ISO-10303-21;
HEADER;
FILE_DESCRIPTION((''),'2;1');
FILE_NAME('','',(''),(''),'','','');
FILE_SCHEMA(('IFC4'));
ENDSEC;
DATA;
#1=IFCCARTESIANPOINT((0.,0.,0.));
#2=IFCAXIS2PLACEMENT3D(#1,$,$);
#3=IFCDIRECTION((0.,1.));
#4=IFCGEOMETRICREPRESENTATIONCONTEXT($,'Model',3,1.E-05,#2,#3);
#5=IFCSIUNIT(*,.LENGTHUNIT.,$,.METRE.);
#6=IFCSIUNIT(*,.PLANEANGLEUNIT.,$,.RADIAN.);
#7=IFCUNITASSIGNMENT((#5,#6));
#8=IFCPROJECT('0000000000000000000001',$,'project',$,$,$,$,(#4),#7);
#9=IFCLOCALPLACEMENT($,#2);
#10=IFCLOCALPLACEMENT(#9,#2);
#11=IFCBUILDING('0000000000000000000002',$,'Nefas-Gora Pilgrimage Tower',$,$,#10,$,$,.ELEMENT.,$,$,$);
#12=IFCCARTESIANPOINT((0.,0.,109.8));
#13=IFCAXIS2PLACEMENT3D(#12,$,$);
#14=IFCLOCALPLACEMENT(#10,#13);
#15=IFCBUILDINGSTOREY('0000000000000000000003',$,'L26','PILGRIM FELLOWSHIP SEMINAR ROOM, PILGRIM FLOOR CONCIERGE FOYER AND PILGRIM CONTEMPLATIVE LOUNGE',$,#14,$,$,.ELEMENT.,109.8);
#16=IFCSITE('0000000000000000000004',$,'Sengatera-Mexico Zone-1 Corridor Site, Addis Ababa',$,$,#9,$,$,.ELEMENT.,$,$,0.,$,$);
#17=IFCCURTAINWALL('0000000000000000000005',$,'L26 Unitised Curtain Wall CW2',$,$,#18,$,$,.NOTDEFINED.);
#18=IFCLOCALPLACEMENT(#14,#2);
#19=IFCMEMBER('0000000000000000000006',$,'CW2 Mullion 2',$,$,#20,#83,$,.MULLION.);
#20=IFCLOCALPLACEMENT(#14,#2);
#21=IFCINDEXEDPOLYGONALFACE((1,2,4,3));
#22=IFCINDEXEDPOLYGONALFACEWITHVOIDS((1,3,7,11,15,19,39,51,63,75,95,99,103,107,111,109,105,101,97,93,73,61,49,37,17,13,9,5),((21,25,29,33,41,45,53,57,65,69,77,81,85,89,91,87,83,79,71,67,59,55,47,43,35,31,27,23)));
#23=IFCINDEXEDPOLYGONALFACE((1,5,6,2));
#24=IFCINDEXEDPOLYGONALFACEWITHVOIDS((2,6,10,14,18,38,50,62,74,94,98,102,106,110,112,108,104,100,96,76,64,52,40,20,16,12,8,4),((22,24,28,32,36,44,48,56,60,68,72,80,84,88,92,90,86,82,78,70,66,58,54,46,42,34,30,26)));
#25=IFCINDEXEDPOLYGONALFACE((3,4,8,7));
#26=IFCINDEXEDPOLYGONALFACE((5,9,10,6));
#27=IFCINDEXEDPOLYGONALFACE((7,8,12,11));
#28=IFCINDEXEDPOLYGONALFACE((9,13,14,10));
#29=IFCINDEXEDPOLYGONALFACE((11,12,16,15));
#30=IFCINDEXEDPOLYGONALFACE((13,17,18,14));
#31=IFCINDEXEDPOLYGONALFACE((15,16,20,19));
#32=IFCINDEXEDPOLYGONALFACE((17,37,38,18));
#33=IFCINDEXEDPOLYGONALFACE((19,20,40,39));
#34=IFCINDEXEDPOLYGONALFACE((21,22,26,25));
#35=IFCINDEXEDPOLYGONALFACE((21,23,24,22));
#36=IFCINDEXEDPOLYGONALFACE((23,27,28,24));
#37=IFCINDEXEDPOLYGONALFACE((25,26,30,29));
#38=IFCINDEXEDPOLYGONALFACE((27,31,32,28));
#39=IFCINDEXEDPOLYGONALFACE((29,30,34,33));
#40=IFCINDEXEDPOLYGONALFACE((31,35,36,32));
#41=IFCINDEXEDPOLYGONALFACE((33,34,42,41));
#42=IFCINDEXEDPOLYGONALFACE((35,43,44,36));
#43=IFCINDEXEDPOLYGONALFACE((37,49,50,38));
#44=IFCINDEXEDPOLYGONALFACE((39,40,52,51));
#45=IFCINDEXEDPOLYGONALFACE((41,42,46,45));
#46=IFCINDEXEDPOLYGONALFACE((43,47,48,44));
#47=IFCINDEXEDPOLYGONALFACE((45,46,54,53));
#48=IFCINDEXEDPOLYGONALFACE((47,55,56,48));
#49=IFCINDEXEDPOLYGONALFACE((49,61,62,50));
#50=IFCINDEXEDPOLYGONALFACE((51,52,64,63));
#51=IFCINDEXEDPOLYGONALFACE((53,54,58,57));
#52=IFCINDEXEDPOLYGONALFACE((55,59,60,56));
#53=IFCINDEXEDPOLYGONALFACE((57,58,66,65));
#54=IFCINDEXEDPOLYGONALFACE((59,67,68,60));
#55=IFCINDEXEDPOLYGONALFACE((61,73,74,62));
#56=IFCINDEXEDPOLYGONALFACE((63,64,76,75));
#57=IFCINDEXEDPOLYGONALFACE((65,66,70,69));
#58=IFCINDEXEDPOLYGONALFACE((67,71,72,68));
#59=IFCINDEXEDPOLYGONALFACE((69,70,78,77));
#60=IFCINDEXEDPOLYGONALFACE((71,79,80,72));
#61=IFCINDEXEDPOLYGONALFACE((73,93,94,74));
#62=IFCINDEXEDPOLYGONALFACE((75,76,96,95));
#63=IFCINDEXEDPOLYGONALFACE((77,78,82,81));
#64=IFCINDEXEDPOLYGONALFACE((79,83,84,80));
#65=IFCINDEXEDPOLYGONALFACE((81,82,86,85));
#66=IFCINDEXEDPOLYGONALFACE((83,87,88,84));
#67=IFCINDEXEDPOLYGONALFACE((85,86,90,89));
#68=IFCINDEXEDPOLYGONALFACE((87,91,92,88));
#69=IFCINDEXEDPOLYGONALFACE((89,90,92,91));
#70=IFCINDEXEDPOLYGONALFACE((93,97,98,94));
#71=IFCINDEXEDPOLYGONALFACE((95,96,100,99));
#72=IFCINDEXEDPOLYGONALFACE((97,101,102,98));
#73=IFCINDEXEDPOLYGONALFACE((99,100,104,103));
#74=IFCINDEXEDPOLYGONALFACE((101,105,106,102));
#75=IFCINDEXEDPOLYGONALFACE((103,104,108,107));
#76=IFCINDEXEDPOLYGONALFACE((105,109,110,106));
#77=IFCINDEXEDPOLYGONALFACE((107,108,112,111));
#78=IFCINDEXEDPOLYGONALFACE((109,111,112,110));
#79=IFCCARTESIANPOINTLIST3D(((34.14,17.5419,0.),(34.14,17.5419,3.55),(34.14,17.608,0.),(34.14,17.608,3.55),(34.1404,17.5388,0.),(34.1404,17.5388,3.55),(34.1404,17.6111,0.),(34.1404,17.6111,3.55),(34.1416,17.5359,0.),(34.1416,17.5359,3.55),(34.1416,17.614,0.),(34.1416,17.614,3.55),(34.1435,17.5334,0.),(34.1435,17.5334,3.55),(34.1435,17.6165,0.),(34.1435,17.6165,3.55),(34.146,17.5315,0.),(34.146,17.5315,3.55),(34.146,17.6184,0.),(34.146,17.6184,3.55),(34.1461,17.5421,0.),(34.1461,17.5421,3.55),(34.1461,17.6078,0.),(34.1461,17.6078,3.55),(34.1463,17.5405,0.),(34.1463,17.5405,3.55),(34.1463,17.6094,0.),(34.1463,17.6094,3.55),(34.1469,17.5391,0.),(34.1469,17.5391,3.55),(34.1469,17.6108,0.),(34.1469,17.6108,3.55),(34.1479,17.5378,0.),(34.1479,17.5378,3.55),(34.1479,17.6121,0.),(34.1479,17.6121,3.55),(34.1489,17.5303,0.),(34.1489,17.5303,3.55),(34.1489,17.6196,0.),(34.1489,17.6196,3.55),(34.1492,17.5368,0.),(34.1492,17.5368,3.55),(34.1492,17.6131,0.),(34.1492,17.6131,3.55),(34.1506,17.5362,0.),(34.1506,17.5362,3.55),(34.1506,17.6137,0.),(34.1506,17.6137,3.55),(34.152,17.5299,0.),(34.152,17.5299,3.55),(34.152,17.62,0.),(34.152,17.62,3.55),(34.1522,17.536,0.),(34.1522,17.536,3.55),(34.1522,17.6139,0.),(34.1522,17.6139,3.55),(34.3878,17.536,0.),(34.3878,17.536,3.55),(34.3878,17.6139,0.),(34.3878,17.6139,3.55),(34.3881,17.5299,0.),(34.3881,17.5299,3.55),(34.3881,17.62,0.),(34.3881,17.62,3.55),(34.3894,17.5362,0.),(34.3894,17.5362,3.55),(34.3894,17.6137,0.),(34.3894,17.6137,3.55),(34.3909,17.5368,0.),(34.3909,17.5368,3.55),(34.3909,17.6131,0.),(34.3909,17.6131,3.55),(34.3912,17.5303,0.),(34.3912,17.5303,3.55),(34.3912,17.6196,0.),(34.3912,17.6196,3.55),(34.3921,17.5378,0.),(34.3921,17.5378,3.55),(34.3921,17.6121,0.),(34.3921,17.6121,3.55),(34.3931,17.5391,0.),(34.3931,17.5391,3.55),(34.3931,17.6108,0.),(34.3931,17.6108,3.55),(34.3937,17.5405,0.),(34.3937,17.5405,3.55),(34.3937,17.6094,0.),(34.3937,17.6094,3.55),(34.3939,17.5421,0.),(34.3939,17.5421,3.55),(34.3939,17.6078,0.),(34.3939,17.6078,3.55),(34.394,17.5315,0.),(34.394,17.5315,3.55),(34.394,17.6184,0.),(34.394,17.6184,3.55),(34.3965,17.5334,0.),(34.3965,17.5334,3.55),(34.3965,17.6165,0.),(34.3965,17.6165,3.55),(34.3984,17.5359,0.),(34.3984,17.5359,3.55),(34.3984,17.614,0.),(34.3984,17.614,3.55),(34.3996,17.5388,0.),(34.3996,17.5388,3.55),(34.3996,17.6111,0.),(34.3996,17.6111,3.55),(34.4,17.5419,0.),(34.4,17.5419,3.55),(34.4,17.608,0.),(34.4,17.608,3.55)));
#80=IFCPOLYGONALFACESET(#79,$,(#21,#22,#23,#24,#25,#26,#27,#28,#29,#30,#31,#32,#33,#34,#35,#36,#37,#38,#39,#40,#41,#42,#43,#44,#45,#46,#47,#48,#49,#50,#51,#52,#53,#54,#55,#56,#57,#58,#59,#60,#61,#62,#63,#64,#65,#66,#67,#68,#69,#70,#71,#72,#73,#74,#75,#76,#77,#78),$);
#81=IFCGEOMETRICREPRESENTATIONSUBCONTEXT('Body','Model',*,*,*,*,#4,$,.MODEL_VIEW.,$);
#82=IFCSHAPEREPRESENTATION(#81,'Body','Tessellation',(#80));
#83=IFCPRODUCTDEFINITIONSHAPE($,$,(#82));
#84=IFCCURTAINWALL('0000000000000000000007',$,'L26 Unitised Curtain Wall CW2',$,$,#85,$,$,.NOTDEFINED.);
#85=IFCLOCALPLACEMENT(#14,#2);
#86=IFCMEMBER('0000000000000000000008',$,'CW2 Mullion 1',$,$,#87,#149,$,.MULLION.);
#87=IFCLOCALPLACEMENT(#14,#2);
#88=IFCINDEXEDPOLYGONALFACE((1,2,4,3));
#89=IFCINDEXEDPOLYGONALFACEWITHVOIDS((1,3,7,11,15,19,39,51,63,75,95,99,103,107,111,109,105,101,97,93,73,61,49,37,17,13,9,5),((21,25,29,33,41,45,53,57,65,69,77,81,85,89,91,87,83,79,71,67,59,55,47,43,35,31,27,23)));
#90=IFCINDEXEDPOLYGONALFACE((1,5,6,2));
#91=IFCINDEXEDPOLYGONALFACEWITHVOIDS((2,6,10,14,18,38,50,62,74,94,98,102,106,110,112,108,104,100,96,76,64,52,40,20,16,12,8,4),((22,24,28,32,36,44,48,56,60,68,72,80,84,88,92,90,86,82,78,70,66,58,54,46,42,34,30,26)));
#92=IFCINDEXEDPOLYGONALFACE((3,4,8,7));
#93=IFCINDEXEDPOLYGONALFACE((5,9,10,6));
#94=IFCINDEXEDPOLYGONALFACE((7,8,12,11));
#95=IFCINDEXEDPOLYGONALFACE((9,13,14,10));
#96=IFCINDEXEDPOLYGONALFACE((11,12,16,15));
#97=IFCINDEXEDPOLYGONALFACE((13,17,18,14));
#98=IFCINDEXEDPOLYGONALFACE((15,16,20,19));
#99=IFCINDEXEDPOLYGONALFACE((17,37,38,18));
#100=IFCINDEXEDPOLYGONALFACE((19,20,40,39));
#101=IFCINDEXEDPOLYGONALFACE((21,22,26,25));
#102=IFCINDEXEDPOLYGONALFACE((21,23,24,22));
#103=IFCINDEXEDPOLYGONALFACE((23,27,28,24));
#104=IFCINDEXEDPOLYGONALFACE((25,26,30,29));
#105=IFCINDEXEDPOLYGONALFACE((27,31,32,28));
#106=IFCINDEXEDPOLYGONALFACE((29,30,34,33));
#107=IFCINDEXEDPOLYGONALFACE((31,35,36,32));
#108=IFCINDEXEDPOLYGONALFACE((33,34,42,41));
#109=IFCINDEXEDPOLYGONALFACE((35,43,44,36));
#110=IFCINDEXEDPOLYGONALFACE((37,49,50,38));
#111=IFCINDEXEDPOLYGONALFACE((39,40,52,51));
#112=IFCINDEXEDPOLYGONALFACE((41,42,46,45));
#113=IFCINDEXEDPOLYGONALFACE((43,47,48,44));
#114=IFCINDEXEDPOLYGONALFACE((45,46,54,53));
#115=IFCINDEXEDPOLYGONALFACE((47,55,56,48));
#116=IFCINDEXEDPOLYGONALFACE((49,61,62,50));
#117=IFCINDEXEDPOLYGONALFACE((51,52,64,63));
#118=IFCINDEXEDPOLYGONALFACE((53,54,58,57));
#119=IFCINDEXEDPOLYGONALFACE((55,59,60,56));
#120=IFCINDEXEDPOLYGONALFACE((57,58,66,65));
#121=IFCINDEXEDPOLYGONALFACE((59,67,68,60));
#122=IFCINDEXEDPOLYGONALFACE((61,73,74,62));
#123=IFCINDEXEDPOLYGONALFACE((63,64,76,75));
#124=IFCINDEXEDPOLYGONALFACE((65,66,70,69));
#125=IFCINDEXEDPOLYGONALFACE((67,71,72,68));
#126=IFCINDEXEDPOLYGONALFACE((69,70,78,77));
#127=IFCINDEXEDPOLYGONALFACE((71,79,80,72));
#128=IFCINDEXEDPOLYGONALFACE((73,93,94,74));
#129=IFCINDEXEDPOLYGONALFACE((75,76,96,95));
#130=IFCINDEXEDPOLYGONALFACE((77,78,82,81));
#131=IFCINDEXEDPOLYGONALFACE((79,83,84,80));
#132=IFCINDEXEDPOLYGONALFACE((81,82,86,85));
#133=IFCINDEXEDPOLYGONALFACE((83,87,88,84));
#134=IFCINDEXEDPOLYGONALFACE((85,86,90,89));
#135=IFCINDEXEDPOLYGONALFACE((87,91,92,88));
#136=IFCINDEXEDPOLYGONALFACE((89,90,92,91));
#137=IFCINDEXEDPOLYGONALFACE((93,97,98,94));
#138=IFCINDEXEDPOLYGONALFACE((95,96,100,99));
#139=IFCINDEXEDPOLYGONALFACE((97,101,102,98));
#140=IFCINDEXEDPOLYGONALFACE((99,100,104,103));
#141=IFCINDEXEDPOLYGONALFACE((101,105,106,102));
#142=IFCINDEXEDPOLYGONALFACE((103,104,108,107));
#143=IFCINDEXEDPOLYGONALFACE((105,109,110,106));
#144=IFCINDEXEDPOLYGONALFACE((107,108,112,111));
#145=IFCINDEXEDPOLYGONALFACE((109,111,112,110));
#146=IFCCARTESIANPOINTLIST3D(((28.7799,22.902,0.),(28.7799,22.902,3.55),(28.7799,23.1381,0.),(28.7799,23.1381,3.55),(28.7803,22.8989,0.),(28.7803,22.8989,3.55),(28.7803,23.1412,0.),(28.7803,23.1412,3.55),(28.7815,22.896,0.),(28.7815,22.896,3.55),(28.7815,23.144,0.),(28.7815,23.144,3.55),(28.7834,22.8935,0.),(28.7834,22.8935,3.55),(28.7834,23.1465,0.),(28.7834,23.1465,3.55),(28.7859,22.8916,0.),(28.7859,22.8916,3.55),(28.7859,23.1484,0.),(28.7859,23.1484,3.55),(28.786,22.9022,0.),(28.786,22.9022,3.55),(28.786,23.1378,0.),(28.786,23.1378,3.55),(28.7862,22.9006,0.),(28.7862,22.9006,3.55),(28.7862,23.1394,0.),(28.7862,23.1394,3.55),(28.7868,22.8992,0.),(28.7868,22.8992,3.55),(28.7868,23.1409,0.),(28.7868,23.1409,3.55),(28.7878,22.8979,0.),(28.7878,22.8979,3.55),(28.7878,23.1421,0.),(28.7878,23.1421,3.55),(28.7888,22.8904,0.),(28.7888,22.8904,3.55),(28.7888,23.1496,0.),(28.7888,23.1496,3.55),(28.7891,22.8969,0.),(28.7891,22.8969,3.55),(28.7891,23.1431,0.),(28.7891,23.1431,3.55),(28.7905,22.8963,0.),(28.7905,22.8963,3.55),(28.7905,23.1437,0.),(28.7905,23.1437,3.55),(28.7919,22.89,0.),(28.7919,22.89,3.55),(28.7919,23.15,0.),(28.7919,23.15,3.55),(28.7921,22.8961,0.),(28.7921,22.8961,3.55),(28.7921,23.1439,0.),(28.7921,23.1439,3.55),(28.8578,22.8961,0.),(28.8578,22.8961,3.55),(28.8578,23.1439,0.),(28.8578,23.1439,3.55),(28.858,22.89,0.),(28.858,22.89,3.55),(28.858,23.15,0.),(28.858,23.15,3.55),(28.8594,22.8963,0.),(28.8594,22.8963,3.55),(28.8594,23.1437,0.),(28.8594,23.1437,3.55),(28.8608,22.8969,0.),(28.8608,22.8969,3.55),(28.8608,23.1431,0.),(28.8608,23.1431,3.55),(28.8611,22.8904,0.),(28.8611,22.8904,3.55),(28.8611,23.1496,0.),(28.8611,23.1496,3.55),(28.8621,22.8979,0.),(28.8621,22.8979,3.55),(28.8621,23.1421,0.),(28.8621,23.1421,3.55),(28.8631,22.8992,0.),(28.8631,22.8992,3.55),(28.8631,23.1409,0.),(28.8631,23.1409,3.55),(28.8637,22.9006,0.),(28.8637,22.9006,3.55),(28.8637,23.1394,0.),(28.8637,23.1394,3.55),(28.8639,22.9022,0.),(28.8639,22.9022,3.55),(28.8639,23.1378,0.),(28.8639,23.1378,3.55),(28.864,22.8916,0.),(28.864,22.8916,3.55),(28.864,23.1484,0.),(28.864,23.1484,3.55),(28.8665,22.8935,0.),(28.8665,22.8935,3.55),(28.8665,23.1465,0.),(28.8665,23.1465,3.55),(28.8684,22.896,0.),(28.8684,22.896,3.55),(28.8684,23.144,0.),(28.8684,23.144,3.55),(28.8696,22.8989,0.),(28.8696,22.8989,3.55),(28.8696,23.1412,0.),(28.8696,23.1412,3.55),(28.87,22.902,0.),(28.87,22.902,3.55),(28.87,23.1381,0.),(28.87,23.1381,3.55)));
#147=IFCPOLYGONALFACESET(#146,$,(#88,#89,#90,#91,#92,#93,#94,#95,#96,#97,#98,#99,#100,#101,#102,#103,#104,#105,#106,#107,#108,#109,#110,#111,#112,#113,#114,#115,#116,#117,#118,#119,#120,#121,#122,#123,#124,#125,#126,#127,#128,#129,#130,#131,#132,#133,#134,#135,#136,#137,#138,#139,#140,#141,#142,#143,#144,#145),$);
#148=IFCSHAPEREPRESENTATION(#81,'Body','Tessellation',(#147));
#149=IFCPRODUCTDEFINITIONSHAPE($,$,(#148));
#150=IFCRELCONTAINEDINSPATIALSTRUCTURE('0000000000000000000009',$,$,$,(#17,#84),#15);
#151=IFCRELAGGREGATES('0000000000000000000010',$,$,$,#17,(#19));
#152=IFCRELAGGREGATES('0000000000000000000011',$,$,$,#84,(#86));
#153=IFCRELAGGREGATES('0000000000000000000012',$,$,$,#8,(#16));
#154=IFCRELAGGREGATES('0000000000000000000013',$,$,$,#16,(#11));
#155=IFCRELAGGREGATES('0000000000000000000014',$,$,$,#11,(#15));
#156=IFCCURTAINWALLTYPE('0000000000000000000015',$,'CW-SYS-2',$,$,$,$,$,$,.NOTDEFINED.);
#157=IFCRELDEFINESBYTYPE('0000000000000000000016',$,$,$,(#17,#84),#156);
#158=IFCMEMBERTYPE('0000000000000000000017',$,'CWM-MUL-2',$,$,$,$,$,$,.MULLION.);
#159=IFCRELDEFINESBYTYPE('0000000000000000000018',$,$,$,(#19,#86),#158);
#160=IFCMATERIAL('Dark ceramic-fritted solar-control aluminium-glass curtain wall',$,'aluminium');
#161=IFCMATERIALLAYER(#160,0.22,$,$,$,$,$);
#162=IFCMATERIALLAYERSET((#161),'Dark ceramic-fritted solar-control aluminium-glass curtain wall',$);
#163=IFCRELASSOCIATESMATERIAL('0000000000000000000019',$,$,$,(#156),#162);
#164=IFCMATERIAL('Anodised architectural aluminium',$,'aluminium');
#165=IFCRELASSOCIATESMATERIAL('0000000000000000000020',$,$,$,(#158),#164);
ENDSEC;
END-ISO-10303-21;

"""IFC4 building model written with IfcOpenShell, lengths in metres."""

from ifc_helpers import new_model, si_unit, direction, frame, origin, origin_2d, place, context, subcontext, project, spatial, hollow_rectangle, extrude, source, transform, mapped, material, layer, layer_set, material_profile, profile_set, type_object, element, aggregate, save


model = new_model("IFC4")

# Units and contexts
model_context = context("Model", 3, precision=1e-05, world=origin(), true_north=direction((0.0, 1.0)))
body_context = subcontext(model_context, "Body", "Model", "MODEL_VIEW")
ifc_project = project(units=[si_unit("LENGTHUNIT", "METRE"), si_unit("PLANEANGLEUNIT", "RADIAN")], contexts=[model_context])

# Site, building, storey
site_placement = place(None, origin())
site = spatial("IfcSite", under=ifc_project, at=site_placement, Name="Sengatera-Mexico Zone-1 Corridor Site, Addis Ababa", CompositionType="ELEMENT", RefElevation=0.0)
building_placement = place(site_placement, origin())
building = spatial("IfcBuilding", under=site, at=building_placement, Name="Nefas-Gora Pilgrimage Tower", CompositionType="ELEMENT")
storey_placement = place(building_placement, frame((0.0, 0.0, 109.8)))
storey = spatial("IfcBuildingStorey", under=building, at=storey_placement, Name="L26", Description="PILGRIM FELLOWSHIP SEMINAR ROOM, PILGRIM FLOOR CONCIERGE FOYER AND PILGRIM CONTEMPLATIVE LOUNGE", CompositionType="ELEMENT", Elevation=109.8)

# Curtain wall, member
ifc_material_1 = material(Name="Dark ceramic-fritted solar-control aluminium-glass curtain wall", Category="aluminium")
ifc_layer_1 = layer(ifc_material_1, 0.22)
ifc_layer_set_1 = layer_set([ifc_layer_1], Name="Dark ceramic-fritted solar-control aluminium-glass curtain wall")
curtain_wall_type = type_object("IfcCurtainWallType", Name="CW-SYS-2", PredefinedType="NOTDEFINED", material=ifc_layer_set_1)
curtain_wall_1_placement = place(storey_placement, origin())
curtain_wall_1 = element("IfcCurtainWall", 1, at=curtain_wall_1_placement, inside=storey, type_object=curtain_wall_type, Name="L26 Unitised Curtain Wall CW2", PredefinedType="NOTDEFINED")
ifc_material_2 = material(Name="Anodised architectural aluminium", Category="aluminium")
ifc_material_profile_1 = material_profile(ifc_material_2, hollow_rectangle(XDim=0.0901, YDim=0.26, WallThickness=0.0061, InnerFilletRadius=0.0061, OuterFilletRadius=0.012, at=origin_2d()), Name="ALU MULLION 90x260")
ifc_profile_set_1 = profile_set([ifc_material_profile_1], Name="Anodised architectural aluminium")
member_type_1 = type_object("IfcMemberType", Name="CWM-MUL-2", PredefinedType="MULLION", material=ifc_profile_set_1)
shared_shape_1 = source(origin(), body_context, "Body", "SweptSolid", [
    extrude(hollow_rectangle(XDim=0.0901, YDim=0.26, WallThickness=0.0061, InnerFilletRadius=0.0061, OuterFilletRadius=0.012, at=origin_2d()), origin(), (0.0, 0.0, 1.0), 3.55),
])
member_1_placement = place(storey_placement, frame((34.27, 17.575, 0.0), z_axis=(0.0, 0.0, 1.0), x_axis=(0.0, 1.0, 0.0)))
member_1 = element("IfcMember", 2, at=member_1_placement, type_object=member_type_1, Name="CW2 Mullion 2", PredefinedType="MULLION", context=body_context, shape_type="MappedRepresentation", body=[
    mapped(shared_shape_1, transform((0.0, 0.0, 0.0), x_axis=(1.0, 0.0, 0.0), y_axis=(0.0, 1.0, 0.0), z_axis=(0.0, 0.0, 1.0), scale=1.0)),
])
aggregate(curtain_wall_1, [member_1])

# Curtain wall, member
curtain_wall_2_placement = place(storey_placement, origin())
curtain_wall_2 = element("IfcCurtainWall", 3, at=curtain_wall_2_placement, inside=storey, type_object=curtain_wall_type, Name="L26 Unitised Curtain Wall CW2", PredefinedType="NOTDEFINED")
member_2_placement = place(storey_placement, frame((28.825, 23.02, 0.0), z_axis=(0.0, 0.0, 1.0), x_axis=(-1.0, 0.0, 0.0)))
member_2 = element("IfcMember", 4, at=member_2_placement, type_object=member_type_1, Name="CW2 Mullion 1", PredefinedType="MULLION", context=body_context, shape_type="MappedRepresentation", body=[
    mapped(shared_shape_1, transform((0.0, 0.0, 0.0), x_axis=(1.0, 0.0, 0.0), y_axis=(0.0, 1.0, 0.0), z_axis=(0.0, 0.0, 1.0), scale=1.0)),
])
aggregate(curtain_wall_2, [member_2])

save(model, "model.ifc")
